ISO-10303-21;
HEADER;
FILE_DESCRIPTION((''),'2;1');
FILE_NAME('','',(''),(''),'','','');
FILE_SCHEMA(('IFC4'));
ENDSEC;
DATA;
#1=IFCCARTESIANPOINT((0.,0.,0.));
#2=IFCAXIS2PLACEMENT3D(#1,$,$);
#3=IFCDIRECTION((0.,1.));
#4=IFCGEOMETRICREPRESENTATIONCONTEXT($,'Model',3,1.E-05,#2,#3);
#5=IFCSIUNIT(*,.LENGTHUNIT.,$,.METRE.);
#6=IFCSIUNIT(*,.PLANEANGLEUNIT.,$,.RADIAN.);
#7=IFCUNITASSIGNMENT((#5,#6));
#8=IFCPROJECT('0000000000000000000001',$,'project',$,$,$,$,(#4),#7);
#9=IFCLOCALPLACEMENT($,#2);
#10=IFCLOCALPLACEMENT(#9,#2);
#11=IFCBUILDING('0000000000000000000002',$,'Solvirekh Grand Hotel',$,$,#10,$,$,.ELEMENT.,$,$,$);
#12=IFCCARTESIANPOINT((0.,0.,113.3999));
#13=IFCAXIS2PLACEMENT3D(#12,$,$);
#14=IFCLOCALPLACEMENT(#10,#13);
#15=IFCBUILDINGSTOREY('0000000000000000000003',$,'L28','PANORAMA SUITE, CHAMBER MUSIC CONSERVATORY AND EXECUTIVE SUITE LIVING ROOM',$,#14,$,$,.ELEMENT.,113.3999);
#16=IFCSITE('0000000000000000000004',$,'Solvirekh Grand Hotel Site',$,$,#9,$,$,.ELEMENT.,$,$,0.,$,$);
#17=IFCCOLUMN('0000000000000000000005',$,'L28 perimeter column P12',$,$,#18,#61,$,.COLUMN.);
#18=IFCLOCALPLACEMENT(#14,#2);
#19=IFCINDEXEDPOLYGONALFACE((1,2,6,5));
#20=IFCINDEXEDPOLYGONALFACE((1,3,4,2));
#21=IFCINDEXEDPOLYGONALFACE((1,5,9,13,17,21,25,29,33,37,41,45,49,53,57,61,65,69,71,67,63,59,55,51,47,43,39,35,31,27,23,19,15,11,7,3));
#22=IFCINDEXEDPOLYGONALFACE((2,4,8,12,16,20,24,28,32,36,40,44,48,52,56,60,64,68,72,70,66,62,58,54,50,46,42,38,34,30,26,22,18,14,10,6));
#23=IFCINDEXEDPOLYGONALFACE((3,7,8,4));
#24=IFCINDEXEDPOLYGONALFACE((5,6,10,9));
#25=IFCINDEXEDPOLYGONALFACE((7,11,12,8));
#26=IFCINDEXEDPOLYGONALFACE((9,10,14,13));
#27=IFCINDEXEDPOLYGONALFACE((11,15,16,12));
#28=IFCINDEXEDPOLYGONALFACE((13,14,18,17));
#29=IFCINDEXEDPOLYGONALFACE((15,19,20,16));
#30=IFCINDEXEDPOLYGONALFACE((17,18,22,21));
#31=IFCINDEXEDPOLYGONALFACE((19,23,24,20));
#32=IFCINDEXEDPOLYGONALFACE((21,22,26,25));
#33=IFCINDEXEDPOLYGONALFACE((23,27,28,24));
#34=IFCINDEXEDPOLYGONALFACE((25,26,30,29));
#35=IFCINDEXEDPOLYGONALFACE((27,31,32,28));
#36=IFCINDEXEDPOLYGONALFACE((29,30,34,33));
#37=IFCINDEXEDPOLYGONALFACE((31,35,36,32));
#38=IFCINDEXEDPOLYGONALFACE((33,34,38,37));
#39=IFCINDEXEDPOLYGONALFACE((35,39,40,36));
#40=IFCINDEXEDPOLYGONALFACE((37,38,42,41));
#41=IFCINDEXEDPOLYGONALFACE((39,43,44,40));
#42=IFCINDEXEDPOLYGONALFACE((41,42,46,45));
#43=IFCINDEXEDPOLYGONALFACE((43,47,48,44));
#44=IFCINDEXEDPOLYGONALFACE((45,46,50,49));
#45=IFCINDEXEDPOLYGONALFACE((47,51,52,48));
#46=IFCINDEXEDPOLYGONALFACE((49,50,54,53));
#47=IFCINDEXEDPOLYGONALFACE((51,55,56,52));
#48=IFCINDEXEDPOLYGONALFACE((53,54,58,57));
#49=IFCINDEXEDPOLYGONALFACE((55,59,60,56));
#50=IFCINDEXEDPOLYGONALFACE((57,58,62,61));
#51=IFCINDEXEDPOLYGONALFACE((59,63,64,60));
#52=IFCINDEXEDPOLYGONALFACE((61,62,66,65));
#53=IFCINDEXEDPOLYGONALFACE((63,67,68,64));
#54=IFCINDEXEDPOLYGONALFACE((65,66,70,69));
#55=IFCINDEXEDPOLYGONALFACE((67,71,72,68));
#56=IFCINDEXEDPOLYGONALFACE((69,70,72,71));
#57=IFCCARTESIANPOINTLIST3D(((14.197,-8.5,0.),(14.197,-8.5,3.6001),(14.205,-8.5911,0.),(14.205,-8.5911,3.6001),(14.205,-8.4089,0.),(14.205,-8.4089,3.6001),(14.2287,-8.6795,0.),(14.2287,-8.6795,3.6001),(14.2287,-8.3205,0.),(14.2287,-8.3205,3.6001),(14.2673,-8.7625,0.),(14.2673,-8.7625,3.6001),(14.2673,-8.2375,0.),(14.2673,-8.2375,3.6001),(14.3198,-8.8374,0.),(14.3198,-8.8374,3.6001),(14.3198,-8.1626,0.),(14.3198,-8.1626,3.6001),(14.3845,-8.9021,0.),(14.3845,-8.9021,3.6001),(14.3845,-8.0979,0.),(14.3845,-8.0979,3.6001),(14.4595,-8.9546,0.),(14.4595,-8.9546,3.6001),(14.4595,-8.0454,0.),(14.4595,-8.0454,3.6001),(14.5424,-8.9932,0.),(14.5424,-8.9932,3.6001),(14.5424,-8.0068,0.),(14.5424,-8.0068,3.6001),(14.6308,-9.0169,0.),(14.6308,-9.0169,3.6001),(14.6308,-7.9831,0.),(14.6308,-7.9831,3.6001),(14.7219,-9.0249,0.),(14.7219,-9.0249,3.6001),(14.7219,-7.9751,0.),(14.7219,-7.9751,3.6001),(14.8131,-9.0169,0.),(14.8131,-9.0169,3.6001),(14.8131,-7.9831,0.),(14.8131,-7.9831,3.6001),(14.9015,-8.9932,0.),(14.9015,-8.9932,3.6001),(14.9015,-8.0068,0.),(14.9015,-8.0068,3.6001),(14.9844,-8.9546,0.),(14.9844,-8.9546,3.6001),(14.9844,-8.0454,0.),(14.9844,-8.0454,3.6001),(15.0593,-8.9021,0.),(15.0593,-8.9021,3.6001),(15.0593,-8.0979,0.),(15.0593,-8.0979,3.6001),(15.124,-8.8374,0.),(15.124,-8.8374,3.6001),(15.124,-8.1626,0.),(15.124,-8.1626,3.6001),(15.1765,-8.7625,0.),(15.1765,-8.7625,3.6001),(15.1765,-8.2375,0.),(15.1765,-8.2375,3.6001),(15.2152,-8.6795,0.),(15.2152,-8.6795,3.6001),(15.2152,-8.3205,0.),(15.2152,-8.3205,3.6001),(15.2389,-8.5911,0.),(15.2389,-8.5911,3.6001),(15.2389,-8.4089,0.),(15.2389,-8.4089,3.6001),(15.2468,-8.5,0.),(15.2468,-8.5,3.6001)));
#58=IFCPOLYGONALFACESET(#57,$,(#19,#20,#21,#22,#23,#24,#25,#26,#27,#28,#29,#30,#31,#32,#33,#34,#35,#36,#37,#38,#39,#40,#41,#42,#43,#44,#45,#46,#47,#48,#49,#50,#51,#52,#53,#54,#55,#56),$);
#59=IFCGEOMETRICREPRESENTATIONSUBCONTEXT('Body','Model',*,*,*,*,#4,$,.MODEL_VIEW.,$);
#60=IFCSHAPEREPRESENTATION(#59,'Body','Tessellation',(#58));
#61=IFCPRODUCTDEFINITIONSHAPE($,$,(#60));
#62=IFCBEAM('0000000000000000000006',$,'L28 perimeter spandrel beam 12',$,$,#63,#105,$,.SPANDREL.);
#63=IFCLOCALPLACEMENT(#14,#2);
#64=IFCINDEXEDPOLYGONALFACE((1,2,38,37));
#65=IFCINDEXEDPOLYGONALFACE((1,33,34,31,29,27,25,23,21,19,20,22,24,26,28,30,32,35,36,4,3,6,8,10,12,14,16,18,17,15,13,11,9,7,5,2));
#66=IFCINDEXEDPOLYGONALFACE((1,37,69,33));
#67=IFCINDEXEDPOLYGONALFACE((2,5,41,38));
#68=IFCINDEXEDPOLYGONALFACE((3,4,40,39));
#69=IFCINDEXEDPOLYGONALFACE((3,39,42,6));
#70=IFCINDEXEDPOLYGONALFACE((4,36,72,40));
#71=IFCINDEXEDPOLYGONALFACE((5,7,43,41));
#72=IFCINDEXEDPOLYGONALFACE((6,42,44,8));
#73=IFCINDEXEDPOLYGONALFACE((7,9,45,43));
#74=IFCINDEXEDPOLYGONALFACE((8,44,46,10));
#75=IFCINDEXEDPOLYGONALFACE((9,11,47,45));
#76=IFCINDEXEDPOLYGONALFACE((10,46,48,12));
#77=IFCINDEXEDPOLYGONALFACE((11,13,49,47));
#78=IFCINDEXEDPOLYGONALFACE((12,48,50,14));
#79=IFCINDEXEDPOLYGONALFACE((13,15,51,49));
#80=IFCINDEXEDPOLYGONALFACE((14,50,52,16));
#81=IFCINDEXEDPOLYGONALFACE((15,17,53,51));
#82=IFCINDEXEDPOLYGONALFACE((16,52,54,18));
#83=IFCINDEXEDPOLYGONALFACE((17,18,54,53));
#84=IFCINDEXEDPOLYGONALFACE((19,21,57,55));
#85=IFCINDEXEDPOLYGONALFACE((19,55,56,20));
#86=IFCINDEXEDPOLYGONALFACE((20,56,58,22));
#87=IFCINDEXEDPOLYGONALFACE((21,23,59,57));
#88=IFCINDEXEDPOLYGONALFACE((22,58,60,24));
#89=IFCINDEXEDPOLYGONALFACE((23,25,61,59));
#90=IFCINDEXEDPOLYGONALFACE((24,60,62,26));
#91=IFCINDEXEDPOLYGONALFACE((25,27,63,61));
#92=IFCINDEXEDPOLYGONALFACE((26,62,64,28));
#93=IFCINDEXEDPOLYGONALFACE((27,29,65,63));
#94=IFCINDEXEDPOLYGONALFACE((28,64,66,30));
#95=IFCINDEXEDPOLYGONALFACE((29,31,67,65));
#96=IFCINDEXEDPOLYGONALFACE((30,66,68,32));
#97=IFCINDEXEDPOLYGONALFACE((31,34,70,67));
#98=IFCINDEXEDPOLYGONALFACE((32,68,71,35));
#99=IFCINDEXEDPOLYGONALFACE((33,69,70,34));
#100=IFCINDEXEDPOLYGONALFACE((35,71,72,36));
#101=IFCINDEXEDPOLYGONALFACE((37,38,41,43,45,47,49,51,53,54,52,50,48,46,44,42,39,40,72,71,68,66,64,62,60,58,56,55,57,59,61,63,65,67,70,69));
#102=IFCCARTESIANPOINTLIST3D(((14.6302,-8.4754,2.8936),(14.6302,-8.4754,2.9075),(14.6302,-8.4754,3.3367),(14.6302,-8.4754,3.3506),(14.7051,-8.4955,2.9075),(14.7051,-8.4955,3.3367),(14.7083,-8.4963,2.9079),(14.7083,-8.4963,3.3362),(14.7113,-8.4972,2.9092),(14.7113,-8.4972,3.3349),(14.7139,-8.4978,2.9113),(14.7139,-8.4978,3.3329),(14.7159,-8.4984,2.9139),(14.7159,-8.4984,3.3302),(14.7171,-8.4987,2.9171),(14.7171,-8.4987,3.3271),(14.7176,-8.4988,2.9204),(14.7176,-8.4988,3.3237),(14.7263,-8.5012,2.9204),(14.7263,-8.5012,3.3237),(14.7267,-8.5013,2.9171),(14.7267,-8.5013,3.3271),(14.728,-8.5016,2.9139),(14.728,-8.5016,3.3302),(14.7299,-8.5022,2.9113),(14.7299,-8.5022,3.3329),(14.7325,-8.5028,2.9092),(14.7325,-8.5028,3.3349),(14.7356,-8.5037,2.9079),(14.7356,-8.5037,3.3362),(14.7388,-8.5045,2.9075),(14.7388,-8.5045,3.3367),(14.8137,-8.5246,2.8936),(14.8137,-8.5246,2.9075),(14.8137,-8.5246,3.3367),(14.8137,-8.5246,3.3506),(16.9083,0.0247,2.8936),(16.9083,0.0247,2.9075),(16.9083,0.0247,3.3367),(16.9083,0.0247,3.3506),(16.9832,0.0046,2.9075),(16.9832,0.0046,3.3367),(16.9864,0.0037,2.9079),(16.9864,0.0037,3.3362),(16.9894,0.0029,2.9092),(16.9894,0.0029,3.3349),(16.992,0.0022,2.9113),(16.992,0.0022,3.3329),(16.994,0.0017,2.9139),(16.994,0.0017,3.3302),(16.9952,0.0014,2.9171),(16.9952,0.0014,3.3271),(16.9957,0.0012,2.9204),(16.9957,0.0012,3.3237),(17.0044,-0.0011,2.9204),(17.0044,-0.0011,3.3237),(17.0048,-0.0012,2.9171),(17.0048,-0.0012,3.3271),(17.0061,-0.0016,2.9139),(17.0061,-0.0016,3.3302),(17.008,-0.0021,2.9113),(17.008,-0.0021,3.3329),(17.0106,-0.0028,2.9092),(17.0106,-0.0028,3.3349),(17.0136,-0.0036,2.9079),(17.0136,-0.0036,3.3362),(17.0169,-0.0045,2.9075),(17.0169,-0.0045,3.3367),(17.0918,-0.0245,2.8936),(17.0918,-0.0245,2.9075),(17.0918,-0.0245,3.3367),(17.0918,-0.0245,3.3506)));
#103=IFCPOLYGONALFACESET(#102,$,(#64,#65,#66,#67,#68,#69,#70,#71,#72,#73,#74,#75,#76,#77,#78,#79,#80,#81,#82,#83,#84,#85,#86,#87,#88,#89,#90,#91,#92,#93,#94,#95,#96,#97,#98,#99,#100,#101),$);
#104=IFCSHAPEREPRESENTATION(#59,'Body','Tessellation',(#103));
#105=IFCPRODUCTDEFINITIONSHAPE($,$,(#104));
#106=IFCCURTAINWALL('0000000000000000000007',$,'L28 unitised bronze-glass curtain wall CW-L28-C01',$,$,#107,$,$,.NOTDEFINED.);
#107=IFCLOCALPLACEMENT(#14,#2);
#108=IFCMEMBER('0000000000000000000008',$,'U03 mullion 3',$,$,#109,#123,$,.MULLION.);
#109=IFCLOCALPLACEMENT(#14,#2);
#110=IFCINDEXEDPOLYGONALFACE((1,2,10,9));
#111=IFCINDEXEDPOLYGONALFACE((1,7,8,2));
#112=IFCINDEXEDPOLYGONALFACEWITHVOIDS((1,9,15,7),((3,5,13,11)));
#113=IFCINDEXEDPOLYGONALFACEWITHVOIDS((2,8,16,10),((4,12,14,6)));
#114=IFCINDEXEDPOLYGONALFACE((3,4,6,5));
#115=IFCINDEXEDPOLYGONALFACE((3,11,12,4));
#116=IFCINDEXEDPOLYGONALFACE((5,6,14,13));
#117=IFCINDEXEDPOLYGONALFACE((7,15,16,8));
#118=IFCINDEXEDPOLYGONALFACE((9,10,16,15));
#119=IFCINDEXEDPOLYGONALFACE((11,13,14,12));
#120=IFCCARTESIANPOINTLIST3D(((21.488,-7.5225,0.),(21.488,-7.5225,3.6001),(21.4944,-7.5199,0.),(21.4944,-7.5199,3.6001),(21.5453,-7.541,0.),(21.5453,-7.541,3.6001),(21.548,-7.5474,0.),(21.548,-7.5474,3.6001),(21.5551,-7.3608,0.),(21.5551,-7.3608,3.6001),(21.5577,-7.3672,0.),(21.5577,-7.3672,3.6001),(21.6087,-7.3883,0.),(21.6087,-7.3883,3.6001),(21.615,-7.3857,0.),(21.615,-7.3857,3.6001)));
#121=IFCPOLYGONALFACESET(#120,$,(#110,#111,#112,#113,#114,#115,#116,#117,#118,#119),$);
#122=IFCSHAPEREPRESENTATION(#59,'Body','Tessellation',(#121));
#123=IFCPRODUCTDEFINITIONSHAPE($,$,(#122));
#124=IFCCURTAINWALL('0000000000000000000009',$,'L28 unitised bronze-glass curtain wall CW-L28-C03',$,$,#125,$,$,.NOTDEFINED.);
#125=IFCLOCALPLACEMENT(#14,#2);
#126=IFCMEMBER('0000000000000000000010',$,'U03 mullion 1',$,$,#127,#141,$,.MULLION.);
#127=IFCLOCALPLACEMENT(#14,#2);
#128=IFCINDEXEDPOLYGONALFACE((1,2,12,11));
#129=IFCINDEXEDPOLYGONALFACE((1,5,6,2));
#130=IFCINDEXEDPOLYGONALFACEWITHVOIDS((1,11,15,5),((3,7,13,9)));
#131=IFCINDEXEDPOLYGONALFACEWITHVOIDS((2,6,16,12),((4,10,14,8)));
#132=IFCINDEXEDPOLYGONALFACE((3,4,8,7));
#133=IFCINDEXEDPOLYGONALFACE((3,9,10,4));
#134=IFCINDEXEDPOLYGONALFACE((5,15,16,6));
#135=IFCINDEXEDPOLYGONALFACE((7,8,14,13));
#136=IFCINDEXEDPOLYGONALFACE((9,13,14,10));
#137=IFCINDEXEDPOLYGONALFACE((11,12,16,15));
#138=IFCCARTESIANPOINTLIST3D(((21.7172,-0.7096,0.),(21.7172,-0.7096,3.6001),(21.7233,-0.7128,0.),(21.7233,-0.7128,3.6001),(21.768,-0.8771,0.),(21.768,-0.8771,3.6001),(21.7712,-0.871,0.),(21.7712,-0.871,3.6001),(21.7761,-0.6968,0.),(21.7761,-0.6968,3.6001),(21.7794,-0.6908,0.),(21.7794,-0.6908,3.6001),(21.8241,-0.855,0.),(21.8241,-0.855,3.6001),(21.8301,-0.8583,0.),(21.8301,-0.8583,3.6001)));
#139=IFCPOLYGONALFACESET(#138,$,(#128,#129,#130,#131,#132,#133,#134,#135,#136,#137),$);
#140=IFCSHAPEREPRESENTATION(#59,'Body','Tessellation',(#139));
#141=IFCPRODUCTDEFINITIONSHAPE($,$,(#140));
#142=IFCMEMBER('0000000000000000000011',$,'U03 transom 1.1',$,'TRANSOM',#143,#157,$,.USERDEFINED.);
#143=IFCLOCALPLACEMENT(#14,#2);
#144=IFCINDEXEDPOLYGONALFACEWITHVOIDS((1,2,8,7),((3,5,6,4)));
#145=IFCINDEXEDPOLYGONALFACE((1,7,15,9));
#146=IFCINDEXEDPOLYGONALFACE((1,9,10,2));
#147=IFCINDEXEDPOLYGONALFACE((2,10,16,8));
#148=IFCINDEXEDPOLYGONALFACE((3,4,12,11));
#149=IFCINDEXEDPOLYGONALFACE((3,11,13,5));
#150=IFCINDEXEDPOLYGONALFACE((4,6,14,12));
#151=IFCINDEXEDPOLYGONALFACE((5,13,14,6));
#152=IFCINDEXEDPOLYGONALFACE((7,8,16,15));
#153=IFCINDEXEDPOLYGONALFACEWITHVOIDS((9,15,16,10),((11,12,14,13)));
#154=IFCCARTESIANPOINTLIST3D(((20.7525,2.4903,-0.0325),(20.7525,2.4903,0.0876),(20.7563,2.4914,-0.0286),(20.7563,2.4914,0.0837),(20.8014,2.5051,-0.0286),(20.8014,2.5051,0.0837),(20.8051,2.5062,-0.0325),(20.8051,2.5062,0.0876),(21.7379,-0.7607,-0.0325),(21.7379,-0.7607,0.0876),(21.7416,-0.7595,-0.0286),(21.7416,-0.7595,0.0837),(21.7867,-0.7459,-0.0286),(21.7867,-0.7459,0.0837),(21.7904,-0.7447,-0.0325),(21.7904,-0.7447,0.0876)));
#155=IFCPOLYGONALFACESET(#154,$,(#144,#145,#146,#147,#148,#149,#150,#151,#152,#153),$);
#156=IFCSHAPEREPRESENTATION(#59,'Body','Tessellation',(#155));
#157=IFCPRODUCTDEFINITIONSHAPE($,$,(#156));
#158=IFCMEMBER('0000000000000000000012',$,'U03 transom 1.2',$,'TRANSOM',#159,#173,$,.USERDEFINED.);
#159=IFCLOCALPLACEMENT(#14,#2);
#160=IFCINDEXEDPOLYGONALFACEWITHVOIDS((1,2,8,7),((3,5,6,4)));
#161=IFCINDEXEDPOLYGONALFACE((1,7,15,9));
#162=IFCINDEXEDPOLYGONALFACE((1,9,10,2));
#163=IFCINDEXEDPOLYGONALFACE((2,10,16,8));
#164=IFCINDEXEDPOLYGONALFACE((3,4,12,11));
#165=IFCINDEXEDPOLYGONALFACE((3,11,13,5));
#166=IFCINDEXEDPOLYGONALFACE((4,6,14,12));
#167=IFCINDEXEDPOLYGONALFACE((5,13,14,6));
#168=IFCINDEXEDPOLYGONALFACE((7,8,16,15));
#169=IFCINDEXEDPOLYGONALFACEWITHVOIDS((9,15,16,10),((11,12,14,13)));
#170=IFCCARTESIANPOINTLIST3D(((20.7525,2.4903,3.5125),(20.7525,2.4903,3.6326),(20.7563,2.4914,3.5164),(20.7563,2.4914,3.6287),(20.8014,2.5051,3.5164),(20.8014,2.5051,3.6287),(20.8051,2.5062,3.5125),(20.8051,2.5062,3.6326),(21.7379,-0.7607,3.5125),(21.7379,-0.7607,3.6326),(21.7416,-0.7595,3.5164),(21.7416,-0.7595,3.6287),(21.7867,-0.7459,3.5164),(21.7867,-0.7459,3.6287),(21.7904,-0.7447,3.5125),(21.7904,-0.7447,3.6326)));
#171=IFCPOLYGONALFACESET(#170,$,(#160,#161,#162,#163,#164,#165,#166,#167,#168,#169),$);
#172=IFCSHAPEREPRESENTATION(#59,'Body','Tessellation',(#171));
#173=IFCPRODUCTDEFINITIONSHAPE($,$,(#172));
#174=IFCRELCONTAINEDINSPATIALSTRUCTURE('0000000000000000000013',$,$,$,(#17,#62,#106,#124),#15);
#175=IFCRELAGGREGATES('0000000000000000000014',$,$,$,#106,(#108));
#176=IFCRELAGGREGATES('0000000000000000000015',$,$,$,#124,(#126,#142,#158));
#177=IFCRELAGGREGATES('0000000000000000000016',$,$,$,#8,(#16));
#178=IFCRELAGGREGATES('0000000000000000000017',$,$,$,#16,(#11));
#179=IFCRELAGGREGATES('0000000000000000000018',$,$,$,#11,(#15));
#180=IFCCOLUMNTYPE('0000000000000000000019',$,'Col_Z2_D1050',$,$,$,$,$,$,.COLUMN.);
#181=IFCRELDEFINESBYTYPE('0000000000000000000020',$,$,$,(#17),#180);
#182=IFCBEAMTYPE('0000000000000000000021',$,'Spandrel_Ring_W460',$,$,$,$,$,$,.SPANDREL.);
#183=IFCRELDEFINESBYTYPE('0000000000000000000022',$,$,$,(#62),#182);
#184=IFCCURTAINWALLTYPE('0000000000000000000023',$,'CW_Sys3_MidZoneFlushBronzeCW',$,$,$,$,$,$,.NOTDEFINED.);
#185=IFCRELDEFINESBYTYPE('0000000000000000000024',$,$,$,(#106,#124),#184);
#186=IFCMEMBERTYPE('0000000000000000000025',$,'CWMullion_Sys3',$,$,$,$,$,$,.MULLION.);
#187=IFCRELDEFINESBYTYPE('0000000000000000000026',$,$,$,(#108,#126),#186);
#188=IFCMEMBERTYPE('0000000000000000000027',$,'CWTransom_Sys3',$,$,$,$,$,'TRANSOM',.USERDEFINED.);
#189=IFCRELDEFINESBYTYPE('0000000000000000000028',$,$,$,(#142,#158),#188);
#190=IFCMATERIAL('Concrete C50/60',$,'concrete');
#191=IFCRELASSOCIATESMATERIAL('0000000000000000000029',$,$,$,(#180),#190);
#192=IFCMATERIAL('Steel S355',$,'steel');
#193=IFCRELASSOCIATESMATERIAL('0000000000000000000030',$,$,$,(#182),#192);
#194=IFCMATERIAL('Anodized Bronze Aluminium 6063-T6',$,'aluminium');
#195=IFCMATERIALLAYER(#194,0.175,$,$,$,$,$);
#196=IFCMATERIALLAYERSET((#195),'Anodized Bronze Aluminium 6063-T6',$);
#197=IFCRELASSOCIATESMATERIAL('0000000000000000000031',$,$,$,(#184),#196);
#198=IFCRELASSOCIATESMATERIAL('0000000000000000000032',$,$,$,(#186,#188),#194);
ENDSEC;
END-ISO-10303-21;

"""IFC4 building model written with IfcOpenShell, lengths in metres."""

from ifc_helpers import new_model, si_unit, direction, frame, origin, origin_2d, place, context, subcontext, project, spatial, hollow_rectangle, circle, i_section, extrude, source, transform, mapped, material, layer, layer_set, material_profile, profile_set, type_object, element, aggregate, save


model = new_model("IFC4")

# Units and contexts
model_context = context("Model", 3, precision=1e-05, world=origin(), true_north=direction((0.0, 1.0)))
body_context = subcontext(model_context, "Body", "Model", "MODEL_VIEW")
ifc_project = project(units=[si_unit("LENGTHUNIT", "METRE"), si_unit("PLANEANGLEUNIT", "RADIAN")], contexts=[model_context])

# Site, building, storey
site_placement = place(None, origin())
site = spatial("IfcSite", under=ifc_project, at=site_placement, Name="Solvirekh Grand Hotel Site", CompositionType="ELEMENT", RefElevation=0.0)
building_placement = place(site_placement, origin())
building = spatial("IfcBuilding", under=site, at=building_placement, Name="Solvirekh Grand Hotel", CompositionType="ELEMENT")
storey_placement = place(building_placement, frame((0.0, 0.0, 113.3999)))
storey = spatial("IfcBuildingStorey", under=building, at=storey_placement, Name="L28", Description="PANORAMA SUITE, CHAMBER MUSIC CONSERVATORY AND EXECUTIVE SUITE LIVING ROOM", CompositionType="ELEMENT", Elevation=113.3999)

# Column
ifc_material_1 = material(Name="Concrete C50/60", Category="concrete")
ifc_material_profile_1 = material_profile(ifc_material_1, circle(Radius=0.5249, at=origin_2d()), Name="RC CIRC D1050")
ifc_profile_set_1 = profile_set([ifc_material_profile_1], Name="Concrete C50/60")
column_type = type_object("IfcColumnType", Name="Col_Z2_D1050", PredefinedType="COLUMN", material=ifc_profile_set_1)
column_placement = place(storey_placement, frame((14.7219, -8.5, 0.0), z_axis=(0.0, 0.0, 1.0), x_axis=(1.0, 0.0, 0.0)))
element("IfcColumn", 1, at=column_placement, inside=storey, type_object=column_type, Name="L28 perimeter column P12", PredefinedType="COLUMN", context=body_context, shape_type="SweptSolid", body=[
    extrude(circle(Radius=0.5249, at=origin_2d()), origin(), (0.0, 0.0, 1.0), 3.6001),
])

# Beam
ifc_material_2 = material(Name="Steel S355", Category="steel")
ifc_material_profile_2 = material_profile(ifc_material_2, i_section(OverallWidth=0.1899, OverallDepth=0.457, WebThickness=0.009, FlangeThickness=0.0139, FilletRadius=0.0129, at=origin_2d()), Name="W460X74")
ifc_profile_set_2 = profile_set([ifc_material_profile_2], Name="Steel S355")
beam_type = type_object("IfcBeamType", Name="Spandrel_Ring_W460", PredefinedType="SPANDREL", material=ifc_profile_set_2)
beam_placement = place(storey_placement, frame((14.7219, -8.5, 3.1221), z_axis=(0.258873, 0.965911, 0.0), x_axis=(-0.965911, 0.258873, 0.0)))
element("IfcBeam", 2, at=beam_placement, inside=storey, type_object=beam_type, Name="L28 perimeter spandrel beam 12", PredefinedType="SPANDREL", context=body_context, shape_type="SweptSolid", body=[
    extrude(i_section(OverallWidth=0.1899, OverallDepth=0.457, WebThickness=0.009, FlangeThickness=0.0139, FilletRadius=0.0129, at=origin_2d()), origin(), (0.0, 0.0, 1.0), 8.8),
])

# Curtain wall, member
ifc_material_3 = material(Name="Anodized Bronze Aluminium 6063-T6", Category="aluminium")
ifc_layer_1 = layer(ifc_material_3, 0.175)
ifc_layer_set_1 = layer_set([ifc_layer_1], Name="Anodized Bronze Aluminium 6063-T6")
curtain_wall_type = type_object("IfcCurtainWallType", Name="CW_Sys3_MidZoneFlushBronzeCW", PredefinedType="NOTDEFINED", material=ifc_layer_set_1)
curtain_wall_1_placement = place(storey_placement, origin())
curtain_wall_1 = element("IfcCurtainWall", 3, at=curtain_wall_1_placement, inside=storey, type_object=curtain_wall_type, Name="L28 unitised bronze-glass curtain wall CW-L28-C01", PredefinedType="NOTDEFINED")
ifc_material_profile_3 = material_profile(ifc_material_3, hollow_rectangle(XDim=0.0649, YDim=0.175, WallThickness=0.0049, at=origin_2d()), Name="ALU RHS 175X65X5")
ifc_profile_set_3 = profile_set([ifc_material_profile_3], Name="Anodized Bronze Aluminium 6063-T6")
member_type_1 = type_object("IfcMemberType", Name="CWMullion_Sys3", PredefinedType="MULLION", material=ifc_profile_set_3)
shared_shape_1 = source(origin(), body_context, "Body", "SweptSolid", [
    extrude(hollow_rectangle(XDim=0.0649, YDim=0.175, WallThickness=0.0049, at=origin_2d()), origin(), (0.0, 0.0, 1.0), 3.6001),
])
member_1_placement = place(storey_placement, frame((21.5515, -7.4541, 0.0), z_axis=(0.0, 0.0, 1.0), x_axis=(-0.923647, 0.383244, 0.0)))
member_1 = element("IfcMember", 4, at=member_1_placement, type_object=member_type_1, Name="U03 mullion 3", PredefinedType="MULLION", context=body_context, shape_type="MappedRepresentation", body=[
    mapped(shared_shape_1, transform((0.0, 0.0, 0.0), x_axis=(1.0, 0.0, 0.0), y_axis=(0.0, 1.0, 0.0), z_axis=(0.0, 0.0, 1.0), scale=1.0)),
])
aggregate(curtain_wall_1, [member_1])

# Curtain wall, members
curtain_wall_2_placement = place(storey_placement, origin())
curtain_wall_2 = element("IfcCurtainWall", 5, at=curtain_wall_2_placement, inside=storey, type_object=curtain_wall_type, Name="L28 unitised bronze-glass curtain wall CW-L28-C03", PredefinedType="NOTDEFINED")
member_2_placement = place(storey_placement, frame((21.7737, -0.7839, 0.0), z_axis=(0.0, 0.0, 1.0), x_axis=(-0.957023, -0.290011, 0.0)))
member_2 = element("IfcMember", 6, at=member_2_placement, type_object=member_type_1, Name="U03 mullion 1", PredefinedType="MULLION", context=body_context, shape_type="MappedRepresentation", body=[
    mapped(shared_shape_1, transform((0.0, 0.0, 0.0), x_axis=(1.0, 0.0, 0.0), y_axis=(0.0, 1.0, 0.0), z_axis=(0.0, 0.0, 1.0), scale=1.0)),
])
ifc_material_profile_4 = material_profile(ifc_material_3, hollow_rectangle(XDim=0.0549, YDim=0.1201, WallThickness=0.0039, at=origin_2d()), Name="ALU RHS 120X55X4")
ifc_profile_set_4 = profile_set([ifc_material_profile_4], Name="Anodized Bronze Aluminium 6063-T6")
member_type_2 = type_object("IfcMemberType", Name="CWTransom_Sys3", ElementType="TRANSOM", PredefinedType="USERDEFINED", material=ifc_profile_set_4)
shared_shape_2 = source(origin(), body_context, "Body", "SweptSolid", [
    extrude(hollow_rectangle(XDim=0.0549, YDim=0.1201, WallThickness=0.0039, at=origin_2d()), origin(), (0.0, 0.0, 1.0), 3.397),
])
member_3_placement = place(storey_placement, frame((21.7642, -0.7527, 0.0276), z_axis=(-0.290063, 0.957007, 0.0), x_axis=(-0.957007, -0.290063, 0.0)))
member_3 = element("IfcMember", 7, at=member_3_placement, type_object=member_type_2, Name="U03 transom 1.1", ObjectType="TRANSOM", PredefinedType="USERDEFINED", context=body_context, shape_type="MappedRepresentation", body=[
    mapped(shared_shape_2, transform((0.0, 0.0, 0.0), x_axis=(1.0, 0.0, 0.0), y_axis=(0.0, 1.0, 0.0), z_axis=(0.0, 0.0, 1.0), scale=1.0)),
])
member_4_placement = place(storey_placement, frame((21.7642, -0.7527, 3.5725), z_axis=(-0.290063, 0.957007, 0.0), x_axis=(-0.957007, -0.290063, 0.0)))
member_4 = element("IfcMember", 8, at=member_4_placement, type_object=member_type_2, Name="U03 transom 1.2", ObjectType="TRANSOM", PredefinedType="USERDEFINED", context=body_context, shape_type="MappedRepresentation", body=[
    mapped(shared_shape_2, transform((0.0, 0.0, 0.0), x_axis=(1.0, 0.0, 0.0), y_axis=(0.0, 1.0, 0.0), z_axis=(0.0, 0.0, 1.0), scale=1.0)),
])
aggregate(curtain_wall_2, [member_2, member_3, member_4])

save(model, "model.ifc")
